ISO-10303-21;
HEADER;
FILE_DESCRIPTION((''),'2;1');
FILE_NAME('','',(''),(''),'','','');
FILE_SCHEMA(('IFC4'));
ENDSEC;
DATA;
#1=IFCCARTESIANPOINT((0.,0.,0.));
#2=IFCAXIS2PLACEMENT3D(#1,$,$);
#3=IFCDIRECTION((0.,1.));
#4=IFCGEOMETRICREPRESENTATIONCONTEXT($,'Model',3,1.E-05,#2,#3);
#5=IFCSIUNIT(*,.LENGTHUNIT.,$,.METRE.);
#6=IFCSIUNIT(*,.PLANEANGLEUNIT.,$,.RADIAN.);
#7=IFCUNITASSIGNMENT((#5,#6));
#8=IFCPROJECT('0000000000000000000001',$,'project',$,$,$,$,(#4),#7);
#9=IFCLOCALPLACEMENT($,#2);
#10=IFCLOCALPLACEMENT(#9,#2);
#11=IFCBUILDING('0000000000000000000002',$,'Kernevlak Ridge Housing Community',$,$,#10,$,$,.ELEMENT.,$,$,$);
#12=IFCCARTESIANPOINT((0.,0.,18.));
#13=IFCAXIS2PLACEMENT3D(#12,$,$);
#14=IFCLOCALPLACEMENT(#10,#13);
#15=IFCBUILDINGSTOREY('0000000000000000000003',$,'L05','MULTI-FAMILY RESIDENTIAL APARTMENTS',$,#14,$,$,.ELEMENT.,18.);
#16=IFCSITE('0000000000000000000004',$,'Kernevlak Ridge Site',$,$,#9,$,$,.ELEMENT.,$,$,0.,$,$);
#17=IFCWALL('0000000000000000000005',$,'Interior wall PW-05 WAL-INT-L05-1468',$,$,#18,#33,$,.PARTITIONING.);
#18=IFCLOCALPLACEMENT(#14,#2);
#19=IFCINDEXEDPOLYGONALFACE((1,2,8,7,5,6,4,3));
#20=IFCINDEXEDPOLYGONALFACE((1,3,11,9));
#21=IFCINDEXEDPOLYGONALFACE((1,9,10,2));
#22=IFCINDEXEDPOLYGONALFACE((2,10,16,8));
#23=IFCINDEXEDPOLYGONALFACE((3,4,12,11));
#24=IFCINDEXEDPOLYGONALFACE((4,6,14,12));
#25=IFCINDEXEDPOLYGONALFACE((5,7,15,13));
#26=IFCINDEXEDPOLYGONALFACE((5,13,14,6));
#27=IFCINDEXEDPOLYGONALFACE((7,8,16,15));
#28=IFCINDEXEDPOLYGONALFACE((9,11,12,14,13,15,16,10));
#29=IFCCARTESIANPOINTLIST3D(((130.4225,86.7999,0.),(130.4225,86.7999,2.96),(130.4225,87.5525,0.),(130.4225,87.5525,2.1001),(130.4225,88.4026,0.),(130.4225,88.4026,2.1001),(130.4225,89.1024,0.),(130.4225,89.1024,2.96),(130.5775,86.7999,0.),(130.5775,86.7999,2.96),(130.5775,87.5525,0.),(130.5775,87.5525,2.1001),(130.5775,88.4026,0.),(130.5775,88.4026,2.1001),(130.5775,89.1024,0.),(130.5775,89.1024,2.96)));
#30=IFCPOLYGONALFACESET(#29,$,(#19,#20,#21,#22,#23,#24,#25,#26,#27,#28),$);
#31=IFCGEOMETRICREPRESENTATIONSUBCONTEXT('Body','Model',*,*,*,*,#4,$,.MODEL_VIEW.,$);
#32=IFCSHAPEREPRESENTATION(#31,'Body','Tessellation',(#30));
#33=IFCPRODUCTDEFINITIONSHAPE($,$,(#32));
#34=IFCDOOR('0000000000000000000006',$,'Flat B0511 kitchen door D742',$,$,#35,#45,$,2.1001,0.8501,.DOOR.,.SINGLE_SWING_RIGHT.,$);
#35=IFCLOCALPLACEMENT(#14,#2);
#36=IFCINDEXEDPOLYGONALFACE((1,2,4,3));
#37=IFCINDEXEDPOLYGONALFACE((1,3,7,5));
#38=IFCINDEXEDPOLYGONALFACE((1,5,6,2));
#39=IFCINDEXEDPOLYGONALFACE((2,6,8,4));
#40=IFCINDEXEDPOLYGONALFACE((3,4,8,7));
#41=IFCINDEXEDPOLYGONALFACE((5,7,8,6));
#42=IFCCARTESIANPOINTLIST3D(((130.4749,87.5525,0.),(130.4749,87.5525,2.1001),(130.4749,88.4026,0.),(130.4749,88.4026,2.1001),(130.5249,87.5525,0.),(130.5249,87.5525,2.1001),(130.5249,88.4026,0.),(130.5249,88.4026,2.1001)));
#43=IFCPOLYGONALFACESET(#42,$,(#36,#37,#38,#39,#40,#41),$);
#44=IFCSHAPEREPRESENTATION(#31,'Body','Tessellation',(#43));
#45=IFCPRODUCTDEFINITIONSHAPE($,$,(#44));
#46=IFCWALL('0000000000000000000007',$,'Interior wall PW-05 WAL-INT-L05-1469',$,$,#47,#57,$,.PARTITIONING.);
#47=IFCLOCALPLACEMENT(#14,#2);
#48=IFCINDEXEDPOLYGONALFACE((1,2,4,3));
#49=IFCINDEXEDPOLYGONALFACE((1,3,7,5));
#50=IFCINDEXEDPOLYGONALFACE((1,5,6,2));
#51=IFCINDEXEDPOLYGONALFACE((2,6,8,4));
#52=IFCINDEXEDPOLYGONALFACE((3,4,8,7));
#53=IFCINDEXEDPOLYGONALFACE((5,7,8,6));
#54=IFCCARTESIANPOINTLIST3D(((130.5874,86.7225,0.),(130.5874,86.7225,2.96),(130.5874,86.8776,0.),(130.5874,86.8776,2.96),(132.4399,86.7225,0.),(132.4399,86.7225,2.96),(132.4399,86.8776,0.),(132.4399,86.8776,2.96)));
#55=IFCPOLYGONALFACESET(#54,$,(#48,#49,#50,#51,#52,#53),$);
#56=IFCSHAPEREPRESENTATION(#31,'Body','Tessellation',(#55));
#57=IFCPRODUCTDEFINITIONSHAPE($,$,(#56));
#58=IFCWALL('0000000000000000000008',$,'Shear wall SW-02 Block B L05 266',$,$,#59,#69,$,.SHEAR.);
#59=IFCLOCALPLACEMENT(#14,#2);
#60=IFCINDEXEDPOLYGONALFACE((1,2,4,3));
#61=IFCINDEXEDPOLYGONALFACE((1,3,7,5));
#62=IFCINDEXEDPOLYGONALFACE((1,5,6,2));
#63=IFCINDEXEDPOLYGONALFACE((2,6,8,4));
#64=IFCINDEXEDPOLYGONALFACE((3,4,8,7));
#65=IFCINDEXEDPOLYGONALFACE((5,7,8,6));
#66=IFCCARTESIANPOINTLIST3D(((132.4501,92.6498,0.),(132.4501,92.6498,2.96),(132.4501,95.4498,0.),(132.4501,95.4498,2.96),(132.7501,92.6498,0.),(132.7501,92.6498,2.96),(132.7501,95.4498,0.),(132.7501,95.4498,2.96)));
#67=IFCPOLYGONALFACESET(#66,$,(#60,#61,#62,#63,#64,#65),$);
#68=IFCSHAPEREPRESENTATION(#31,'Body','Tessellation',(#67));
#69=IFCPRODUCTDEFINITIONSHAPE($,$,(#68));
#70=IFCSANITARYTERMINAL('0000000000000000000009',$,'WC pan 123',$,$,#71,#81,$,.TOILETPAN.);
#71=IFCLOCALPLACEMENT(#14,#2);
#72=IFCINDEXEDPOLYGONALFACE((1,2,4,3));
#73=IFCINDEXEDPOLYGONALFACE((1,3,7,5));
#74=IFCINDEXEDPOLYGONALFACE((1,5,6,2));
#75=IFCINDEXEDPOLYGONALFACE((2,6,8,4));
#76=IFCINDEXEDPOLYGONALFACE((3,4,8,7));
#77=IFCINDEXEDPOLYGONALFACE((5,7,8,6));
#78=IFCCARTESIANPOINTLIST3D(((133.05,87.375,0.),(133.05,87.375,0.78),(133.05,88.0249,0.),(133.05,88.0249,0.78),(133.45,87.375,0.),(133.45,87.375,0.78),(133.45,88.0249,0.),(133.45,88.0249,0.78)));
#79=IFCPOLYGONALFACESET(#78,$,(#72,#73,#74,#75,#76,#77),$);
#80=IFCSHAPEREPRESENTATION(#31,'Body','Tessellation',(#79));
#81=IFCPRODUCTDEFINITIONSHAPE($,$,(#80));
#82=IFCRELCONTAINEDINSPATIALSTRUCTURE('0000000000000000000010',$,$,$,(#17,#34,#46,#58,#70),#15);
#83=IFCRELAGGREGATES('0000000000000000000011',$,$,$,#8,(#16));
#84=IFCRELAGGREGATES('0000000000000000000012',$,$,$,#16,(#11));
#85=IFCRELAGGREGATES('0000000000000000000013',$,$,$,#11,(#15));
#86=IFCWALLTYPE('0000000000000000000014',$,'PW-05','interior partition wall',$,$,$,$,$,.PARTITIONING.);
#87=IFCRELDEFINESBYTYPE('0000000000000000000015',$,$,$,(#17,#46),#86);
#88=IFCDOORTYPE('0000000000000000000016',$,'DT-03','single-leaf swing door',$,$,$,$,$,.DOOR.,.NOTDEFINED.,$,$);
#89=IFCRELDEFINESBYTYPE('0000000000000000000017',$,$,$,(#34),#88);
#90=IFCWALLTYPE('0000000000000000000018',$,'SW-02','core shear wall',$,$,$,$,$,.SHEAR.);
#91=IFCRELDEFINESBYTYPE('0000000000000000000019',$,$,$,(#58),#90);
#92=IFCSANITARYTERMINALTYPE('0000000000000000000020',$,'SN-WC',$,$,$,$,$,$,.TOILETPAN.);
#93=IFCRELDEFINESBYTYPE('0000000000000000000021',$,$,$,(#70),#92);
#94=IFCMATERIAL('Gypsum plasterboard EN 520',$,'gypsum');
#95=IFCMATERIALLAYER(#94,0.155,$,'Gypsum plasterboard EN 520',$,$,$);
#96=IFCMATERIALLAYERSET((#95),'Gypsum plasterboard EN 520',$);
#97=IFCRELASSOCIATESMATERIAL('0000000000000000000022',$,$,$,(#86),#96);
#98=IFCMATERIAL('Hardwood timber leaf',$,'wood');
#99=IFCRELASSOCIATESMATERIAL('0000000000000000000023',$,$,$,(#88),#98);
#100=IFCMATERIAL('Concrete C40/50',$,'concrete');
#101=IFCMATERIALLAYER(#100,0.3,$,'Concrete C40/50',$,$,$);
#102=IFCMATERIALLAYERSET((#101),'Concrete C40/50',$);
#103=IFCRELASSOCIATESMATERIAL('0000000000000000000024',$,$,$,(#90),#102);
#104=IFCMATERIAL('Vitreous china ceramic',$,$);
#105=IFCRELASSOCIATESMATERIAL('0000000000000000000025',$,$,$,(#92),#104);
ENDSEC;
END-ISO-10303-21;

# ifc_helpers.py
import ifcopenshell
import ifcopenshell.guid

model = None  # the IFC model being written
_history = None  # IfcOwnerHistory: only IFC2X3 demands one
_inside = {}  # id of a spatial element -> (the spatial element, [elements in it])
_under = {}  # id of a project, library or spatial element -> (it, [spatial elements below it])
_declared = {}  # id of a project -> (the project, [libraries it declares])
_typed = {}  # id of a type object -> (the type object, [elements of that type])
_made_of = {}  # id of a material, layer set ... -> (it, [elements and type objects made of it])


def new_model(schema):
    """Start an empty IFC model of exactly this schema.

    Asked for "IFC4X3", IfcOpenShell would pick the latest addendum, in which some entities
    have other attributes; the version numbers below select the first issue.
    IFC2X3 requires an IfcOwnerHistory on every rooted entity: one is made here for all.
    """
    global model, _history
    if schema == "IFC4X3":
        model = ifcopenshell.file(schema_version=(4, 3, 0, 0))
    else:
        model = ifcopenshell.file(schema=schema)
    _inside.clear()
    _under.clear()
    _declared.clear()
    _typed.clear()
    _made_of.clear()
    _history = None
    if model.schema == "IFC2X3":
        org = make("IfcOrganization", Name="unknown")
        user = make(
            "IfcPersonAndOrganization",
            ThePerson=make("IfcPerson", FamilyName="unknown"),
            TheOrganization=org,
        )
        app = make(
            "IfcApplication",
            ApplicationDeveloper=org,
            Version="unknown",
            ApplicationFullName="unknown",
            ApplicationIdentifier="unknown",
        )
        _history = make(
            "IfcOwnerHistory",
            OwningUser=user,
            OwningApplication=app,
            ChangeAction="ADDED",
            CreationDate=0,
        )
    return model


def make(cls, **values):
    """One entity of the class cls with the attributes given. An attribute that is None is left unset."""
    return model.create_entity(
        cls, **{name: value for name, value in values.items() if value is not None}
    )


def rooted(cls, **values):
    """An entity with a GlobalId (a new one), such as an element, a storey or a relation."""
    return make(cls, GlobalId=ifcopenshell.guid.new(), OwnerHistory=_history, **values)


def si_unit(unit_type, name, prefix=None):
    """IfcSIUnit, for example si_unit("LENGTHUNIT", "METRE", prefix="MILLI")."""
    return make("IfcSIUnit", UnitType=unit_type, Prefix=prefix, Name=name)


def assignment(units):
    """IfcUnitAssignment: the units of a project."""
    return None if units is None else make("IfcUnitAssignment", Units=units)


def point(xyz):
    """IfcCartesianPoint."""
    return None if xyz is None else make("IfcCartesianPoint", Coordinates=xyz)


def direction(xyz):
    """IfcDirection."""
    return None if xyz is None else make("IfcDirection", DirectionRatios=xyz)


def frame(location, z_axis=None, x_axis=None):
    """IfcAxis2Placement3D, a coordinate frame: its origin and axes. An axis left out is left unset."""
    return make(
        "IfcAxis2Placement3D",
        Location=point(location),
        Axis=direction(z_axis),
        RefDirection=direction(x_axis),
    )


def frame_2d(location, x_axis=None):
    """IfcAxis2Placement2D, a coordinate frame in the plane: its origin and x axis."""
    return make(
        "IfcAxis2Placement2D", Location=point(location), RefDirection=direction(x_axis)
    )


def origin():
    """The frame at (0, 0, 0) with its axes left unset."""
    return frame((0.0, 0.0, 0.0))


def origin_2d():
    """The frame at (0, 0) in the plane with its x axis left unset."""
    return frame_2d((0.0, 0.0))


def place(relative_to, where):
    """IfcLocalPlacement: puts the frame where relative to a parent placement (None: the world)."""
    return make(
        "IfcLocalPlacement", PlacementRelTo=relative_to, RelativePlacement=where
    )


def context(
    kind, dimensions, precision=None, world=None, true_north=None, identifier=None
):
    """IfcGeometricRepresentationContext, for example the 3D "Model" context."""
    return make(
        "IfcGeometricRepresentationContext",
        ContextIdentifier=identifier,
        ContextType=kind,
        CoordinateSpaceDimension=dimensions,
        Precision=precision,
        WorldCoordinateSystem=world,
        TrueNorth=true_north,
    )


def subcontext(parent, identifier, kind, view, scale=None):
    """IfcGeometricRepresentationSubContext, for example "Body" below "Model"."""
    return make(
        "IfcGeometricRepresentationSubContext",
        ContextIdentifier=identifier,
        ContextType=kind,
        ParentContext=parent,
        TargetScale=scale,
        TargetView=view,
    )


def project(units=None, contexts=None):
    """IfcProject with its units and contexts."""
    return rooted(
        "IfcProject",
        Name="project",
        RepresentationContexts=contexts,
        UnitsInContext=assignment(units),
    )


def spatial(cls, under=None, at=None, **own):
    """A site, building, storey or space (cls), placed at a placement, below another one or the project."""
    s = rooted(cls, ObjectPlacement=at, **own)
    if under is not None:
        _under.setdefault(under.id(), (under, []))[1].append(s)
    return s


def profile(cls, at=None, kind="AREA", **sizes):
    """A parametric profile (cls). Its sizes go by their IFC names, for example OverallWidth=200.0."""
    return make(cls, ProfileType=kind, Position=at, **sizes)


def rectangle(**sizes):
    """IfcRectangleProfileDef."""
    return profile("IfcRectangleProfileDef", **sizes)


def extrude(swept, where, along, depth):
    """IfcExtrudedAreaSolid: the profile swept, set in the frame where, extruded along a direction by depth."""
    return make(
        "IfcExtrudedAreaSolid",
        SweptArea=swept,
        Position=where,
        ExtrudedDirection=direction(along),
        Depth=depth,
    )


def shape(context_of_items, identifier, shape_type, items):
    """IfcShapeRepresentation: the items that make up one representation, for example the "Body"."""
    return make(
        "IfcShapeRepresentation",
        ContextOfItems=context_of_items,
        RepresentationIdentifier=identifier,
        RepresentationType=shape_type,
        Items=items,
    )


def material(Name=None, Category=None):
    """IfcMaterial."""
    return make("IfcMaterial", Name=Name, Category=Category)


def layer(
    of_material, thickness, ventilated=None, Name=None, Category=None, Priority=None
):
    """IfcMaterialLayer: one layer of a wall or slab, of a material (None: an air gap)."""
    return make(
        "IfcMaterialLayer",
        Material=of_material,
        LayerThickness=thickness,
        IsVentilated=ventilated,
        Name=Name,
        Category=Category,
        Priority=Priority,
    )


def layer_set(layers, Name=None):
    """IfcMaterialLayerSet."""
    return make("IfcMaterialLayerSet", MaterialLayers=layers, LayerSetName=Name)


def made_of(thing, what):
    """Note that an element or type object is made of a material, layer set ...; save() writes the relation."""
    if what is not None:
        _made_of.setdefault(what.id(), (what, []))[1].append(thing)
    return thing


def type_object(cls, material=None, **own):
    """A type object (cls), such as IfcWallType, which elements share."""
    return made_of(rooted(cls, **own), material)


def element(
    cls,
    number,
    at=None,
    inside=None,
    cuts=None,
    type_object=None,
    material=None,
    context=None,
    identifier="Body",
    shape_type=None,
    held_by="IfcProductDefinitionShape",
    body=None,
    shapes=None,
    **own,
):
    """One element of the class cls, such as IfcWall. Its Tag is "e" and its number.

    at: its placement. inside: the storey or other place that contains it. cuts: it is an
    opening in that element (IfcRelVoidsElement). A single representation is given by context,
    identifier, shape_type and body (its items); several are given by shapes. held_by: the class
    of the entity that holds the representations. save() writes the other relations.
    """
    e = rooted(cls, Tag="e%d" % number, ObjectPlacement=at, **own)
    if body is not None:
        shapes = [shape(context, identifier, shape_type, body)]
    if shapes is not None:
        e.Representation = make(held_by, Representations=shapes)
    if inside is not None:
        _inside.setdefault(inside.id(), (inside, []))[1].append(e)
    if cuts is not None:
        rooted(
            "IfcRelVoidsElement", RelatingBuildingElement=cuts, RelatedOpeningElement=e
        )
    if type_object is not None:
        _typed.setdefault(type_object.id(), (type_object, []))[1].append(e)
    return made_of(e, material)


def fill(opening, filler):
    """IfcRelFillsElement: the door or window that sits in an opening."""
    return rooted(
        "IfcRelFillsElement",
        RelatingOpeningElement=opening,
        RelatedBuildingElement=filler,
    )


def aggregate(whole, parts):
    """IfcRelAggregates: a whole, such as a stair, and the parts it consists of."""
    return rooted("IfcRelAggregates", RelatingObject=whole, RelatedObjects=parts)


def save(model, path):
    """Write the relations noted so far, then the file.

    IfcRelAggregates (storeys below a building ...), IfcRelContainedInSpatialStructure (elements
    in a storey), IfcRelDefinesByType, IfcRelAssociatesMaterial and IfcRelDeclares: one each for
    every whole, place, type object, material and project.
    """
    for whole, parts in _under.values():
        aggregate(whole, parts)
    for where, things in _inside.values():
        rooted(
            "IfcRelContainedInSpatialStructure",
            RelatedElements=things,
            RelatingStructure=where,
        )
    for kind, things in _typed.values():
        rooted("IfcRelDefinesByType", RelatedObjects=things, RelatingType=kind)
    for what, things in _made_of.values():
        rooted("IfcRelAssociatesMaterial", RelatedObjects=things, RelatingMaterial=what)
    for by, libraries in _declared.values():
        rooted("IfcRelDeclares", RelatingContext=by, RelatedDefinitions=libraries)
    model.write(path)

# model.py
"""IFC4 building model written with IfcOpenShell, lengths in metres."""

from ifc_helpers import new_model, si_unit, direction, frame, frame_2d, origin, origin_2d, place, context, subcontext, project, spatial, rectangle, extrude, material, layer, layer_set, type_object, element, fill, save


model = new_model("IFC4")

# Units and contexts
model_context = context("Model", 3, precision=1e-05, world=origin(), true_north=direction((0.0, 1.0)))
body_context = subcontext(model_context, "Body", "Model", "MODEL_VIEW")
ifc_project = project(units=[si_unit("LENGTHUNIT", "METRE"), si_unit("PLANEANGLEUNIT", "RADIAN")], contexts=[model_context])

# Site, building, storey
site_placement = place(None, origin())
site = spatial("IfcSite", under=ifc_project, at=site_placement, Name="Kernevlak Ridge Site", CompositionType="ELEMENT", RefElevation=0.0)
building_placement = place(site_placement, origin())
building = spatial("IfcBuilding", under=site, at=building_placement, Name="Kernevlak Ridge Housing Community", CompositionType="ELEMENT")
storey_placement = place(building_placement, frame((0.0, 0.0, 18.0)))
storey = spatial("IfcBuildingStorey", under=building, at=storey_placement, Name="L05", Description="MULTI-FAMILY RESIDENTIAL APARTMENTS", CompositionType="ELEMENT", Elevation=18.0)

# Shared definitions
ifc_material_1 = material(Name="Concrete C40/50", Category="concrete")

# Shared definitions
ifc_material_2 = material(Name="Gypsum plasterboard EN 520", Category="gypsum")

# Wall, opening, door
ifc_layer_1 = layer(ifc_material_2, 0.155, Name="Gypsum plasterboard EN 520")
ifc_layer_set_1 = layer_set([ifc_layer_1], Name="Gypsum plasterboard EN 520")
wall_type_1 = type_object("IfcWallType", Name="PW-05", Description="interior partition wall", PredefinedType="PARTITIONING", material=ifc_layer_set_1)
wall_1_placement = place(storey_placement, frame((130.5, 89.1025, 0.0), z_axis=(0.0, 0.0, 1.0), x_axis=(0.0, -1.0, 0.0)))
wall_1 = element("IfcWall", 1, at=wall_1_placement, inside=storey, type_object=wall_type_1, Name="Interior wall PW-05 WAL-INT-L05-1468", PredefinedType="PARTITIONING", context=body_context, shape_type="SweptSolid", body=[
    extrude(rectangle(XDim=2.3025, YDim=0.155, at=frame_2d((1.1514, 0.0))), origin(), (0.0, 0.0, 1.0), 2.96),
])
opening_1_placement = place(wall_1_placement, frame((0.7, 0.0, 0.0)))
opening_1 = element("IfcOpeningElement", 2, at=opening_1_placement, cuts=wall_1, PredefinedType="OPENING", context=body_context, shape_type="SweptSolid", body=[
    extrude(rectangle(XDim=0.8501, YDim=2.1001, at=frame_2d((0.425, 1.05))), frame((0.0, 0.0874, 0.0), z_axis=(0.0, -1.0, 0.0), x_axis=(1.0, 0.0, 0.0)), (0.0, 0.0, 1.0), 0.175),
])
ifc_material_3 = material(Name="Hardwood timber leaf", Category="wood")
door_type_1 = type_object("IfcDoorType", Name="DT-03", Description="single-leaf swing door", OperationType="NOTDEFINED", PredefinedType="DOOR", material=ifc_material_3)
door_1_placement = place(opening_1_placement, origin())
door_1 = element("IfcDoor", 3, at=door_1_placement, inside=storey, type_object=door_type_1, Name="Flat B0511 kitchen door D742", OperationType="SINGLE_SWING_RIGHT", OverallHeight=2.1001, OverallWidth=0.8501, PredefinedType="DOOR", context=body_context, shape_type="SweptSolid", body=[
    extrude(rectangle(XDim=0.8501, YDim=2.1001, at=frame_2d((0.425, 1.05))), frame((0.0, 0.0249, 0.0), z_axis=(0.0, -1.0, 0.0), x_axis=(1.0, 0.0, 0.0)), (0.0, 0.0, 1.0), 0.05),
])
fill(opening_1, door_1)

# Walls
wall_2_placement = place(storey_placement, frame((130.5874, 86.8, 0.0), z_axis=(0.0, 0.0, 1.0), x_axis=(1.0, 0.0, 0.0)))
element("IfcWall", 4, at=wall_2_placement, inside=storey, type_object=wall_type_1, Name="Interior wall PW-05 WAL-INT-L05-1469", PredefinedType="PARTITIONING", context=body_context, shape_type="SweptSolid", body=[
    extrude(rectangle(XDim=1.8525, YDim=0.155, at=frame_2d((0.9263, 0.0))), origin(), (0.0, 0.0, 1.0), 2.96),
])
ifc_layer_2 = layer(ifc_material_1, 0.3, Name="Concrete C40/50")
ifc_layer_set_2 = layer_set([ifc_layer_2], Name="Concrete C40/50")
wall_type_2 = type_object("IfcWallType", Name="SW-02", Description="core shear wall", PredefinedType="SHEAR", material=ifc_layer_set_2)
wall_3_placement = place(storey_placement, frame((132.6001, 92.6499, 0.0), z_axis=(0.0, 0.0, 1.0), x_axis=(0.0, 1.0, 0.0)))
element("IfcWall", 5, at=wall_3_placement, inside=storey, type_object=wall_type_2, Name="Shear wall SW-02 Block B L05 266", PredefinedType="SHEAR", context=body_context, shape_type="SweptSolid", body=[
    extrude(rectangle(XDim=2.8, YDim=0.3, at=frame_2d((1.3999, 0.0))), origin(), (0.0, 0.0, 1.0), 2.96),
])

# Sanitary terminal
ifc_material_4 = material(Name="Vitreous china ceramic")
sanitary_terminal_type = type_object("IfcSanitaryTerminalType", Name="SN-WC", PredefinedType="TOILETPAN", material=ifc_material_4)
sanitary_terminal_placement = place(storey_placement, frame((133.25, 87.7, 0.0), z_axis=(0.0, 0.0, 1.0), x_axis=(1.0, 0.0, 0.0)))
element("IfcSanitaryTerminal", 6, at=sanitary_terminal_placement, inside=storey, type_object=sanitary_terminal_type, Name="WC pan 123", PredefinedType="TOILETPAN", context=body_context, shape_type="SweptSolid", body=[
    extrude(rectangle(XDim=0.3999, YDim=0.6499, at=origin_2d()), origin(), (0.0, 0.0, 1.0), 0.78),
])

save(model, "model.ifc")
